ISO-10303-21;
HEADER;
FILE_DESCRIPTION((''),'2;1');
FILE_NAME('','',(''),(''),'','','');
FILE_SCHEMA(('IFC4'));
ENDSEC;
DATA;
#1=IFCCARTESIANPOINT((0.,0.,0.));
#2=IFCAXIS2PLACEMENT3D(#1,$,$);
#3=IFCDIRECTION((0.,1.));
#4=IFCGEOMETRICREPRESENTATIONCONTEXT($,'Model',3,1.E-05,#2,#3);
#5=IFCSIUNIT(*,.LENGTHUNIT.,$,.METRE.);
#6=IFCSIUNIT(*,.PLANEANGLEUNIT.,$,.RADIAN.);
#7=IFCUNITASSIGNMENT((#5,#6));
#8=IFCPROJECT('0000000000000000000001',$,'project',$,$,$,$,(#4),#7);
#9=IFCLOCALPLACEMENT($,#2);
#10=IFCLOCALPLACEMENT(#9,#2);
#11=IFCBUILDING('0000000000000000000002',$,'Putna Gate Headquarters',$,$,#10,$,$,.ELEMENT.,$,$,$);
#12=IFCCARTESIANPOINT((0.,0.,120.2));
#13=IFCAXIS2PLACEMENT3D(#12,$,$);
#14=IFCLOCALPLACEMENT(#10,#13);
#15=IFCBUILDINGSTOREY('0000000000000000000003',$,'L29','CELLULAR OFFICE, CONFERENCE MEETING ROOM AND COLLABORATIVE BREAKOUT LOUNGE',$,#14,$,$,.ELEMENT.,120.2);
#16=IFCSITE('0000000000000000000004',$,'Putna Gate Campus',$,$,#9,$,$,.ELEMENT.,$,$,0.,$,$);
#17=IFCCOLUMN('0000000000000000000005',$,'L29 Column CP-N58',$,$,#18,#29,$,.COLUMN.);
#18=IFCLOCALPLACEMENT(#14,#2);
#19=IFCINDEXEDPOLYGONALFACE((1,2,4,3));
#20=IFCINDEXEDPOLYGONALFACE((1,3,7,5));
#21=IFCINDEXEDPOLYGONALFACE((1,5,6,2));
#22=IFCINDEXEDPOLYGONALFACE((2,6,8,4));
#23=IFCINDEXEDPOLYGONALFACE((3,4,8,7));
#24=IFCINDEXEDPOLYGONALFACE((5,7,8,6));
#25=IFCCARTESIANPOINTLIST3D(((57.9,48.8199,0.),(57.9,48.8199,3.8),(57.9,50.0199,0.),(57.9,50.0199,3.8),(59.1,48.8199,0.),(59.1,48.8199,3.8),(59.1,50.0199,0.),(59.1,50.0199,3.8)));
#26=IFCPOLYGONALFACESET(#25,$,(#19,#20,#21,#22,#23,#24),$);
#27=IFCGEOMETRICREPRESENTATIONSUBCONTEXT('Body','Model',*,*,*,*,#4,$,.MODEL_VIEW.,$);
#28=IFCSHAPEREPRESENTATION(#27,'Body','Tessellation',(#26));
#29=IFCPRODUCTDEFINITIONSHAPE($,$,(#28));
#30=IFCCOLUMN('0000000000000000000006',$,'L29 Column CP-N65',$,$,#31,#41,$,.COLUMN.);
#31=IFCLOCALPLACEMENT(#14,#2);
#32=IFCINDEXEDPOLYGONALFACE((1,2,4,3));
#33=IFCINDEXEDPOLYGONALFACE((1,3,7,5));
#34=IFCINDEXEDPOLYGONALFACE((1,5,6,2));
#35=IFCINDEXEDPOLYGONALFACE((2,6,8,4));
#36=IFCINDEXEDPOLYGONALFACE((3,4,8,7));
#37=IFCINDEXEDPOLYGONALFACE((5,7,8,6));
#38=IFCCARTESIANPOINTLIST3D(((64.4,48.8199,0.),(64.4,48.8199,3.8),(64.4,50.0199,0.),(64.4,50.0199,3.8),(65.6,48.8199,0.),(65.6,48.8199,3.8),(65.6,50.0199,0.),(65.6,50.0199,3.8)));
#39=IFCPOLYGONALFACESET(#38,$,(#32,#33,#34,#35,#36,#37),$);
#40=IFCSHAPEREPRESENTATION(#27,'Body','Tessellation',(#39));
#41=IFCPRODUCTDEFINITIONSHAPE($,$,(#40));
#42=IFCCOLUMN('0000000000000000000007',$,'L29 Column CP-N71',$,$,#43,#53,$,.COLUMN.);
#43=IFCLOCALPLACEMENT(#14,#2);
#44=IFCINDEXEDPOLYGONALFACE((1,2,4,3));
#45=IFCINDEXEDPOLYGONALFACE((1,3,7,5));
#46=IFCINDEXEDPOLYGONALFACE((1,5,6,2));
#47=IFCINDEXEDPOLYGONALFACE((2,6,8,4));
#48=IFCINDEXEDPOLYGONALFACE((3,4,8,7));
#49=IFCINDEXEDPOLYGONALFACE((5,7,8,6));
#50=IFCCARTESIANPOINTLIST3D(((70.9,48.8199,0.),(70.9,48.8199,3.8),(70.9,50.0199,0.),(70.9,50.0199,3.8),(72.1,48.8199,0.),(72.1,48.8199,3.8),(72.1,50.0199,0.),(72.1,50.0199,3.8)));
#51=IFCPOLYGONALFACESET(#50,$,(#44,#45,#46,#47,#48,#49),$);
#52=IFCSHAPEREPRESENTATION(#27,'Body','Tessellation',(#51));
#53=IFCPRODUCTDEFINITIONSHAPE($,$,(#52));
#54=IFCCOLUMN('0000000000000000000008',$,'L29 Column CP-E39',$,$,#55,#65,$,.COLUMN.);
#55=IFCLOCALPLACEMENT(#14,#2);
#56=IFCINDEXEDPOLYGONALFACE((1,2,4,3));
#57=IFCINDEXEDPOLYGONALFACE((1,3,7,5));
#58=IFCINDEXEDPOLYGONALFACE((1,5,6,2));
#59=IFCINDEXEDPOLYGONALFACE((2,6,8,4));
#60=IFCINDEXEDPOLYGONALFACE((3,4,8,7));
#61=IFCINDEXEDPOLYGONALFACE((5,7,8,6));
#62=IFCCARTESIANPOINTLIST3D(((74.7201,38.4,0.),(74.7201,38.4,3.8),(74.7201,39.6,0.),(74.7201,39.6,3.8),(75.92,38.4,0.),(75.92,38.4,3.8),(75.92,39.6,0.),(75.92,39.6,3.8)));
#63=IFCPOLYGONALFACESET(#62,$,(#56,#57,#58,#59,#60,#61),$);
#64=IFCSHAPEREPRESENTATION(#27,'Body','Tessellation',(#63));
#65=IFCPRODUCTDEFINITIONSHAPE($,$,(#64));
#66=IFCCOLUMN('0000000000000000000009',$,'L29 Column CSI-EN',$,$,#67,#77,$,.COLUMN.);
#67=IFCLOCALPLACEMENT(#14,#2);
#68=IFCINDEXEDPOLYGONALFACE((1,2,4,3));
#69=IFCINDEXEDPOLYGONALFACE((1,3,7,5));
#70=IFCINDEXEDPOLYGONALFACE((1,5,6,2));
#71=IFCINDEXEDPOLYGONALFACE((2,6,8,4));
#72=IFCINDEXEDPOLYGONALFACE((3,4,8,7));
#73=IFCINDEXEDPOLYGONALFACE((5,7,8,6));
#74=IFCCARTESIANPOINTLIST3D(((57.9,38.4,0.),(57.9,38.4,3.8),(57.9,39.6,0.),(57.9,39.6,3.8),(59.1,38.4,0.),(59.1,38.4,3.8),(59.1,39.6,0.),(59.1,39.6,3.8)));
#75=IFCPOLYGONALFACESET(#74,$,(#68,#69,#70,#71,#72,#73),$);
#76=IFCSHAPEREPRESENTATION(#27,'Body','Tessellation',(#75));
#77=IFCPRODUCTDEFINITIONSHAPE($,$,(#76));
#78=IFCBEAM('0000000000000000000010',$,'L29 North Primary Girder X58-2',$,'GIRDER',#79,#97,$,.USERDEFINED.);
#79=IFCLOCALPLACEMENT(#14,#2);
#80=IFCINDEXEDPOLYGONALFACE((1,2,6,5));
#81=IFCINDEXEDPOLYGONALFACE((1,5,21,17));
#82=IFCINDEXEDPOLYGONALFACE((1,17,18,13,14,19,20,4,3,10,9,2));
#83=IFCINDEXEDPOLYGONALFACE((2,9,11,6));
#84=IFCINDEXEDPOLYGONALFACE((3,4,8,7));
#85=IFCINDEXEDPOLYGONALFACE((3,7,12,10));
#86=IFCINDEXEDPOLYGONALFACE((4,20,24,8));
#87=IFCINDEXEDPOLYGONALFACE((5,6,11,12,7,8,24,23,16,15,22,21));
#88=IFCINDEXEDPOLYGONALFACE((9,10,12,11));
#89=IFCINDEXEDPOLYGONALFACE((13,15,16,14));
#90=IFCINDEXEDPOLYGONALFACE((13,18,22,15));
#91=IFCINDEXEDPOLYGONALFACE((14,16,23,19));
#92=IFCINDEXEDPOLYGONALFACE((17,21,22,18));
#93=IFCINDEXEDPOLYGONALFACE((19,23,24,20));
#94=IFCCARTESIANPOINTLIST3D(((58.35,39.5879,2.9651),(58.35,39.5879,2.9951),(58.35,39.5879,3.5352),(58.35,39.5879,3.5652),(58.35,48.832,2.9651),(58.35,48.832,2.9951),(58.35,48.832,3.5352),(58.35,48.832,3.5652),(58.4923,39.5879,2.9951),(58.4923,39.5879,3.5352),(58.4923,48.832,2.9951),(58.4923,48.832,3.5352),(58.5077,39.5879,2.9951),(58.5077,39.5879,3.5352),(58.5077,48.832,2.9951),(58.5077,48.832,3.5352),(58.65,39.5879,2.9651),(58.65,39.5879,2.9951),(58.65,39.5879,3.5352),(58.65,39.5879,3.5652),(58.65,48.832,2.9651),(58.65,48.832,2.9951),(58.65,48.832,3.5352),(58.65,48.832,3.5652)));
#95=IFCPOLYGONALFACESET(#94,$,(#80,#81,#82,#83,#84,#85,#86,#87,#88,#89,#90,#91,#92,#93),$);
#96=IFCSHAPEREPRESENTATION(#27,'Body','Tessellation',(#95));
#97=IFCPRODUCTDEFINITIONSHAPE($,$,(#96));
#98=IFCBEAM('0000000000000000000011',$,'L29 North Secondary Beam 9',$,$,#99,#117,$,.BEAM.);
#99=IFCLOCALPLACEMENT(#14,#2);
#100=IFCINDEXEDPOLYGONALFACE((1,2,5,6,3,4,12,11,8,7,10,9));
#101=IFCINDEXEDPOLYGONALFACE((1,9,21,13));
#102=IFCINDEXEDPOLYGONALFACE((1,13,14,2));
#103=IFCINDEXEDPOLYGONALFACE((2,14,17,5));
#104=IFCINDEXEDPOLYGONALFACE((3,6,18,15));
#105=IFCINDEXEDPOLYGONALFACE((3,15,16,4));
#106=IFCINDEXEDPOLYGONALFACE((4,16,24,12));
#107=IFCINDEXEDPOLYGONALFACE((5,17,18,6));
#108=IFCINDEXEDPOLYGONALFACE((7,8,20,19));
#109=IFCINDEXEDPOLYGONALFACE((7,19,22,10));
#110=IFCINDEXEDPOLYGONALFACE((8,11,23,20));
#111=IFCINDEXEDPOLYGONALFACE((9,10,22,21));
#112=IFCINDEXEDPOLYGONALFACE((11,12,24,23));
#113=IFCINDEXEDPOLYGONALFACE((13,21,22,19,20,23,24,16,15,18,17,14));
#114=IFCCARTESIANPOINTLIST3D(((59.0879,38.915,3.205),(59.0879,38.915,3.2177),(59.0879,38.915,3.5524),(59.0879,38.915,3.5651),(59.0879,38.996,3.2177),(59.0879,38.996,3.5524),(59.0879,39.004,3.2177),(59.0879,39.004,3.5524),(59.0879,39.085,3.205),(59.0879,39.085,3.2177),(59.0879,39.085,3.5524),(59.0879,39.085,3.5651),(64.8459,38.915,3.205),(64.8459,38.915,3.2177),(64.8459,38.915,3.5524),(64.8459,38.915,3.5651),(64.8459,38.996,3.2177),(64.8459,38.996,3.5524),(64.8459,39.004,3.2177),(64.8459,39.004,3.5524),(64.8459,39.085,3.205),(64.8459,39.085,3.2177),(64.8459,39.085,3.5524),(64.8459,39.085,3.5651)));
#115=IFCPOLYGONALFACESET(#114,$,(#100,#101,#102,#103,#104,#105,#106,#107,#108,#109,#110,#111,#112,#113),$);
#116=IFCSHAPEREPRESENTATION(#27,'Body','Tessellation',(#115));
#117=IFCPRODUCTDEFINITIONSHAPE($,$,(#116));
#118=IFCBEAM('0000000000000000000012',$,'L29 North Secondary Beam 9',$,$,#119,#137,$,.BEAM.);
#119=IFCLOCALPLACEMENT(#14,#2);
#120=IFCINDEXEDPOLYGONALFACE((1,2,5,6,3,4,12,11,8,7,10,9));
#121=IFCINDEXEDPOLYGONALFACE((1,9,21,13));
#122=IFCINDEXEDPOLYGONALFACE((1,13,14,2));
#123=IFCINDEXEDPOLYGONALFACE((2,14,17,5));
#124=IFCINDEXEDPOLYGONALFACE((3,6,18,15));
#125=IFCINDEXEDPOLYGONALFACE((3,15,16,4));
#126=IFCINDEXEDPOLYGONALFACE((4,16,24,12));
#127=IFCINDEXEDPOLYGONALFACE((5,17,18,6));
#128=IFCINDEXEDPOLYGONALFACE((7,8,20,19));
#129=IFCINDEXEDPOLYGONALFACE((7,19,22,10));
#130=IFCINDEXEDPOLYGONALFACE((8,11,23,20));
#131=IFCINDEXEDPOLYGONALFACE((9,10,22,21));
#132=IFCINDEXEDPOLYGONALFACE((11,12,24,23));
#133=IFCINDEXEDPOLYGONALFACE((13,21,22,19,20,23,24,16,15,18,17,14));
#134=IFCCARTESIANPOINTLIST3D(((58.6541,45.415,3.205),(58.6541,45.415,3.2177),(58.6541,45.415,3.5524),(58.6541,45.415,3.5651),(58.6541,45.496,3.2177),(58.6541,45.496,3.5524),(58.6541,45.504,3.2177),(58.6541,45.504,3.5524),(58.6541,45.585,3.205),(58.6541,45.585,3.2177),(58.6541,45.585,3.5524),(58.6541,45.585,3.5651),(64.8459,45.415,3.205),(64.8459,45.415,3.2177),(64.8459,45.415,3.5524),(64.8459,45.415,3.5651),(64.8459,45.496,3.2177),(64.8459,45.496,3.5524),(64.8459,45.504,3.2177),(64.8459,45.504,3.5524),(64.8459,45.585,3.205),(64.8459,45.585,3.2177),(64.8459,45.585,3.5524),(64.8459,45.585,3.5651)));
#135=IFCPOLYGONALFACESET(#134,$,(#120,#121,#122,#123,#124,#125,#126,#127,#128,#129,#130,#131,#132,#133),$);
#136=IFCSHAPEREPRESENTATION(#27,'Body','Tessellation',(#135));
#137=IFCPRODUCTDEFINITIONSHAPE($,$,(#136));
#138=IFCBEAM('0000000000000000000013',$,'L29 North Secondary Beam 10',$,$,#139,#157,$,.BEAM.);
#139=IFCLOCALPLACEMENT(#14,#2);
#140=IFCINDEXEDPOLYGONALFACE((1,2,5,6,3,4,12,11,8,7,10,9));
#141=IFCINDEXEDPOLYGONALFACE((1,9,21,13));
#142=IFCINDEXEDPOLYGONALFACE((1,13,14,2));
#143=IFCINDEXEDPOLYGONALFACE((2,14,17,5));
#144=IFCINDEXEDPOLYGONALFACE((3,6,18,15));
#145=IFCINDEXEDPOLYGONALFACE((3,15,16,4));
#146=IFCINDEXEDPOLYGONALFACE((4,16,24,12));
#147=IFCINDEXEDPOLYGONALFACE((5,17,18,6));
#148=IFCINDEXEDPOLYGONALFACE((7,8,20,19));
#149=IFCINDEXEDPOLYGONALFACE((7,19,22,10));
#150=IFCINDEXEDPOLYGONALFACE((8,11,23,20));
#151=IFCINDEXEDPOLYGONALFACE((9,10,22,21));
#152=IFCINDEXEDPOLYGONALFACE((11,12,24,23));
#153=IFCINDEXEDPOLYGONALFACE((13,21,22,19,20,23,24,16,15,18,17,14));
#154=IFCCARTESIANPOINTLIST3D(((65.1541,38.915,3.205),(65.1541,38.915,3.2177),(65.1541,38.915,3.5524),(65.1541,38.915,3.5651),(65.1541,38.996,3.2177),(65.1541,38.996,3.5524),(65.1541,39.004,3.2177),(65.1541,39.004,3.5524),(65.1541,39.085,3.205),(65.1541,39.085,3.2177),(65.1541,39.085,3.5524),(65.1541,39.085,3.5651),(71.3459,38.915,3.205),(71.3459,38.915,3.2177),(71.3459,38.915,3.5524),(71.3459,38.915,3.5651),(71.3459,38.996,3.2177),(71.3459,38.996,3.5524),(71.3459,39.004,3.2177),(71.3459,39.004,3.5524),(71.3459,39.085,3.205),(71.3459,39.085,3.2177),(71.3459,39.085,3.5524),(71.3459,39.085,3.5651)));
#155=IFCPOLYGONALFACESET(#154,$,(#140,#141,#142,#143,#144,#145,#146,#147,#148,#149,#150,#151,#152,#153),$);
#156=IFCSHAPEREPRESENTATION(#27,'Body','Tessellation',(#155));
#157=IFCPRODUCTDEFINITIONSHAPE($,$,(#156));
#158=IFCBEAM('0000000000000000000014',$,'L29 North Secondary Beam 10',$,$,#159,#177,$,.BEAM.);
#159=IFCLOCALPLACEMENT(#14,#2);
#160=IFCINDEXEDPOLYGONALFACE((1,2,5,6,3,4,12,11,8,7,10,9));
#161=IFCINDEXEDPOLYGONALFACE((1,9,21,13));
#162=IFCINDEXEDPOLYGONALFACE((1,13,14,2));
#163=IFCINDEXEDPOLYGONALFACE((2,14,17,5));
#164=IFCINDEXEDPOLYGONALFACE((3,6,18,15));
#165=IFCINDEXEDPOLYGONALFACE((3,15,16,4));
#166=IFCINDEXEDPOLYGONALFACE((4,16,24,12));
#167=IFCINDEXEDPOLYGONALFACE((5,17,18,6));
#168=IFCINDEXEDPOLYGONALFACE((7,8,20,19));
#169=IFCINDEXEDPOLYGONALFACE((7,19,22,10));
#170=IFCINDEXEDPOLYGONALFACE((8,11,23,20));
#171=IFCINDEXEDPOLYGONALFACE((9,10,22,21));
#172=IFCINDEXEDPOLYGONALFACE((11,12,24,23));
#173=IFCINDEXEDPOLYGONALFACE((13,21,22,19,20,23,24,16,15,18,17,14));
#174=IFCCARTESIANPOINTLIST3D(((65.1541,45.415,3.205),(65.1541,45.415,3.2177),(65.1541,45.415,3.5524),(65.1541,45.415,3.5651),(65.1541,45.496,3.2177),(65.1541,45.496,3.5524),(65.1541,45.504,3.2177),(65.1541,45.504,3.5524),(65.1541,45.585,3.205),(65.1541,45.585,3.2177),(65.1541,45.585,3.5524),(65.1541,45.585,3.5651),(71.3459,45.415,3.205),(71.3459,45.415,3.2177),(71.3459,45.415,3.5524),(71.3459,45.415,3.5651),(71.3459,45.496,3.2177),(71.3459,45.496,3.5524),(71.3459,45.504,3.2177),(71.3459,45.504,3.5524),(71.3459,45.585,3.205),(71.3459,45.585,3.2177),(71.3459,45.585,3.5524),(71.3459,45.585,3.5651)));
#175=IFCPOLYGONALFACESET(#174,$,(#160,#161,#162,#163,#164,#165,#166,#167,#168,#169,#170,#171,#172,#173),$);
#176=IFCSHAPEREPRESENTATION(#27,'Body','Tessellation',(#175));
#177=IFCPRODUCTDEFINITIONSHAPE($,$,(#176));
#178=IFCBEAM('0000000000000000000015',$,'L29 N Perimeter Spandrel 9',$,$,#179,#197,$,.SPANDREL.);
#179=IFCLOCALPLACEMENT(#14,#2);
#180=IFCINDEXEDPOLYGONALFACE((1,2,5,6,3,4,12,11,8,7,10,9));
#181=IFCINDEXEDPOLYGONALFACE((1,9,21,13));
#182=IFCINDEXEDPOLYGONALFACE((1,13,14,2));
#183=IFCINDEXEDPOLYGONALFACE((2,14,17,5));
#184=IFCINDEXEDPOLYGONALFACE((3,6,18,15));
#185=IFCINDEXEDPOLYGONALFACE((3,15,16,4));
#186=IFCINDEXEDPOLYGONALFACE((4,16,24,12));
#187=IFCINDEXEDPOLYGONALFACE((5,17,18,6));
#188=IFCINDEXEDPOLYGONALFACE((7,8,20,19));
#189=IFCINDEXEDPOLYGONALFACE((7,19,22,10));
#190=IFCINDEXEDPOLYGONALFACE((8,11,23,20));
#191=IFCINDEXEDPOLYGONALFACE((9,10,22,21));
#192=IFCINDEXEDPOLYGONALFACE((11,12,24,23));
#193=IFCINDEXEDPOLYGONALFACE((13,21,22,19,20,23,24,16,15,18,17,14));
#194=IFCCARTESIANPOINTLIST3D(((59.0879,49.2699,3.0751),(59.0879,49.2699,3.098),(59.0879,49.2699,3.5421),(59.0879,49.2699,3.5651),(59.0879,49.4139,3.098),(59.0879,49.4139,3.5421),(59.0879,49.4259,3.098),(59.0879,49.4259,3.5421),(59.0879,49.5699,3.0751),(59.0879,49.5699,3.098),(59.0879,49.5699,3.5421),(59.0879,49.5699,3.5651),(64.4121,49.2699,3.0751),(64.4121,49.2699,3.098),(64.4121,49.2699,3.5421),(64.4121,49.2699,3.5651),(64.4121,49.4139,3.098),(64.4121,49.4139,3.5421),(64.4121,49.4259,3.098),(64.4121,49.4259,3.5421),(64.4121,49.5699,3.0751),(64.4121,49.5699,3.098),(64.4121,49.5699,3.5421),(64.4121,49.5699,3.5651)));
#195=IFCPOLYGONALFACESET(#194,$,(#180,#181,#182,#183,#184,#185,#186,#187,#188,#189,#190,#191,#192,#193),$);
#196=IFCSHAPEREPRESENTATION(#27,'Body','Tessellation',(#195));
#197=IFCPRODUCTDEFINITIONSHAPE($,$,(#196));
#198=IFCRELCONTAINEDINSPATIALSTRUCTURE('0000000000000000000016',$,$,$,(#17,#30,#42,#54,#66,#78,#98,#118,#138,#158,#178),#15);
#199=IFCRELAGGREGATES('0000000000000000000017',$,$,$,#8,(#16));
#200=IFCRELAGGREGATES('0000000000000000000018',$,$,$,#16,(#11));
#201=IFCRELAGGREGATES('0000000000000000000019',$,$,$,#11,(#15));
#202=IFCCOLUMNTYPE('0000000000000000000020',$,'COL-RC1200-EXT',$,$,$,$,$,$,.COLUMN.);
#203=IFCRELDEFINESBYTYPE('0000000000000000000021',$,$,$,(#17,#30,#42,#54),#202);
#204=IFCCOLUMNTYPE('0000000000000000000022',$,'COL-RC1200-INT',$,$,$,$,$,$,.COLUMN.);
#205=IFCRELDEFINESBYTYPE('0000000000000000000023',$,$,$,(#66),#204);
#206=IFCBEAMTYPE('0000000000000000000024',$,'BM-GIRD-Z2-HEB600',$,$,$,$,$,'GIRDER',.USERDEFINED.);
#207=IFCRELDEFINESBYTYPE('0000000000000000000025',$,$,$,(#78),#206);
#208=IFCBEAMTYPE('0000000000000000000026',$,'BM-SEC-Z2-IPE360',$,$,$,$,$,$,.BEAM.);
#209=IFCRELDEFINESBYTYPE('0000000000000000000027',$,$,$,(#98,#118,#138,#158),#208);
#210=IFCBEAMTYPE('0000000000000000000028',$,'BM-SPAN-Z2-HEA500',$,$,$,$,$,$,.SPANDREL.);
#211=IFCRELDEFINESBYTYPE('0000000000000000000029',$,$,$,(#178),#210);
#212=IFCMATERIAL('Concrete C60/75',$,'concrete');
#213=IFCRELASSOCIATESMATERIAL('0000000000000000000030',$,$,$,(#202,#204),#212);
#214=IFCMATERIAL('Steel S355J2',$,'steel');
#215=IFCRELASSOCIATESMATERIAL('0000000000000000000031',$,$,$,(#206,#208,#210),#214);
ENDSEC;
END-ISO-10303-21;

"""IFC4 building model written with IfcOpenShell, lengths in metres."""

from ifc_helpers import new_model, si_unit, direction, frame, origin, origin_2d, place, context, subcontext, project, spatial, rectangle, i_section, extrude, material, material_profile, profile_set, type_object, element, save


model = new_model("IFC4")

# Units and contexts
model_context = context("Model", 3, precision=1e-05, world=origin(), true_north=direction((0.0, 1.0)))
body_context = subcontext(model_context, "Body", "Model", "MODEL_VIEW")
ifc_project = project(units=[si_unit("LENGTHUNIT", "METRE"), si_unit("PLANEANGLEUNIT", "RADIAN")], contexts=[model_context])

# Site, building, storey
site_placement = place(None, origin())
site = spatial("IfcSite", under=ifc_project, at=site_placement, Name="Putna Gate Campus", CompositionType="ELEMENT", RefElevation=0.0)
building_placement = place(site_placement, origin())
building = spatial("IfcBuilding", under=site, at=building_placement, Name="Putna Gate Headquarters", CompositionType="ELEMENT")
storey_placement = place(building_placement, frame((0.0, 0.0, 120.2)))
storey = spatial("IfcBuildingStorey", under=building, at=storey_placement, Name="L29", Description="CELLULAR OFFICE, CONFERENCE MEETING ROOM AND COLLABORATIVE BREAKOUT LOUNGE", CompositionType="ELEMENT", Elevation=120.2)

# Columns
ifc_material_1 = material(Name="Concrete C60/75", Category="concrete")
ifc_material_profile_1 = material_profile(ifc_material_1, rectangle(XDim=1.2, YDim=1.2, at=origin_2d()), Name="Concrete C60/75")
ifc_profile_set_1 = profile_set([ifc_material_profile_1], Name="Concrete C60/75")
column_type_1 = type_object("IfcColumnType", Name="COL-RC1200-EXT", PredefinedType="COLUMN", material=ifc_profile_set_1)
for number, where, z_axis, x_axis, name in (
    (1, (58.5, 49.4199, 0.0), (0.0, 0.0, 1.0), (1.0, 0.0, 0.0), "L29 Column CP-N58"),
    (2, (65.0, 49.4199, 0.0), (0.0, 0.0, 1.0), (1.0, 0.0, 0.0), "L29 Column CP-N65"),
    (3, (71.5, 49.4199, 0.0), (0.0, 0.0, 1.0), (1.0, 0.0, 0.0), "L29 Column CP-N71"),
    (4, (75.3201, 39.0, 0.0), (0.0, 0.0, 1.0), (1.0, 0.0, 0.0), "L29 Column CP-E39"),
):
    element("IfcColumn", number, at=place(storey_placement, frame(where, z_axis=z_axis, x_axis=x_axis)), inside=storey, type_object=column_type_1, Name=name, PredefinedType="COLUMN", context=body_context, shape_type="SweptSolid", body=[
        extrude(rectangle(XDim=1.2, YDim=1.2, at=origin_2d()), origin(), (0.0, 0.0, 1.0), 3.8),
    ])
ifc_material_profile_2 = material_profile(ifc_material_1, rectangle(XDim=1.2, YDim=1.2, at=origin_2d()), Name="Concrete C60/75")
ifc_profile_set_2 = profile_set([ifc_material_profile_2], Name="Concrete C60/75")
column_type_2 = type_object("IfcColumnType", Name="COL-RC1200-INT", PredefinedType="COLUMN", material=ifc_profile_set_2)
column_placement = place(storey_placement, frame((58.5, 39.0, 0.0), z_axis=(0.0, 0.0, 1.0), x_axis=(1.0, 0.0, 0.0)))
element("IfcColumn", 5, at=column_placement, inside=storey, type_object=column_type_2, Name="L29 Column CSI-EN", PredefinedType="COLUMN", context=body_context, shape_type="SweptSolid", body=[
    extrude(rectangle(XDim=1.2, YDim=1.2, at=origin_2d()), origin(), (0.0, 0.0, 1.0), 3.8),
])

# Beams
ifc_material_2 = material(Name="Steel S355J2", Category="steel")
ifc_material_profile_3 = material_profile(ifc_material_2, i_section(OverallWidth=0.3, OverallDepth=0.6001, WebThickness=0.0154, FlangeThickness=0.03, at=origin_2d()), Name="Steel S355J2")
ifc_profile_set_3 = profile_set([ifc_material_profile_3], Name="Steel S355J2")
beam_type_1 = type_object("IfcBeamType", Name="BM-GIRD-Z2-HEB600", ElementType="GIRDER", PredefinedType="USERDEFINED", material=ifc_profile_set_3)
beam_1_placement = place(storey_placement, frame((58.5, 39.5879, 3.2651), z_axis=(0.0, 1.0, 0.0), x_axis=(-1.0, 0.0, 0.0)))
element("IfcBeam", 6, at=beam_1_placement, inside=storey, type_object=beam_type_1, Name="L29 North Primary Girder X58-2", ObjectType="GIRDER", PredefinedType="USERDEFINED", context=body_context, shape_type="SweptSolid", body=[
    extrude(i_section(OverallWidth=0.3, OverallDepth=0.6001, WebThickness=0.0154, FlangeThickness=0.03, at=origin_2d()), origin(), (0.0, 0.0, 1.0), 9.2441),
])
ifc_material_profile_4 = material_profile(ifc_material_2, i_section(OverallWidth=0.1699, OverallDepth=0.3601, WebThickness=0.0081, FlangeThickness=0.0127, at=origin_2d()), Name="Steel S355J2")
ifc_profile_set_4 = profile_set([ifc_material_profile_4], Name="Steel S355J2")
beam_type_2 = type_object("IfcBeamType", Name="BM-SEC-Z2-IPE360", PredefinedType="BEAM", material=ifc_profile_set_4)
beam_2_placement = place(storey_placement, frame((59.0879, 39.0, 3.385), z_axis=(1.0, 0.0, 0.0), x_axis=(0.0, 1.0, 0.0)))
element("IfcBeam", 7, at=beam_2_placement, inside=storey, type_object=beam_type_2, Name="L29 North Secondary Beam 9", PredefinedType="BEAM", context=body_context, shape_type="SweptSolid", body=[
    extrude(i_section(OverallWidth=0.1699, OverallDepth=0.3601, WebThickness=0.0081, FlangeThickness=0.0127, at=origin_2d()), origin(), (0.0, 0.0, 1.0), 5.7581),
])
for number, where, z_axis, x_axis, name in (
    (8, (58.6541, 45.5, 3.385), (1.0, 0.0, 0.0), (0.0, 1.0, 0.0), "L29 North Secondary Beam 9"),
    (9, (65.1541, 39.0, 3.385), (1.0, 0.0, 0.0), (0.0, 1.0, 0.0), "L29 North Secondary Beam 10"),
    (10, (65.1541, 45.5, 3.385), (1.0, 0.0, 0.0), (0.0, 1.0, 0.0), "L29 North Secondary Beam 10"),
):
    element("IfcBeam", number, at=place(storey_placement, frame(where, z_axis=z_axis, x_axis=x_axis)), inside=storey, type_object=beam_type_2, Name=name, PredefinedType="BEAM", context=body_context, shape_type="SweptSolid", body=[
        extrude(i_section(OverallWidth=0.1699, OverallDepth=0.3601, WebThickness=0.0081, FlangeThickness=0.0127, at=origin_2d()), origin(), (0.0, 0.0, 1.0), 6.1919),
    ])
ifc_material_profile_5 = material_profile(ifc_material_2, i_section(OverallWidth=0.3, OverallDepth=0.49, WebThickness=0.012, FlangeThickness=0.0229, at=origin_2d()), Name="Steel S355J2")
ifc_profile_set_5 = profile_set([ifc_material_profile_5], Name="Steel S355J2")
beam_type_3 = type_object("IfcBeamType", Name="BM-SPAN-Z2-HEA500", PredefinedType="SPANDREL", material=ifc_profile_set_5)
for number, where, z_axis, x_axis, name in (
    (11, (59.0879, 49.4199, 3.3201), (1.0, 0.0, 0.0), (0.0, 1.0, 0.0), "L29 N Perimeter Spandrel 9"),
):
    element("IfcBeam", number, at=place(storey_placement, frame(where, z_axis=z_axis, x_axis=x_axis)), inside=storey, type_object=beam_type_3, Name=name, PredefinedType="SPANDREL", context=body_context, shape_type="SweptSolid", body=[
        extrude(i_section(OverallWidth=0.3, OverallDepth=0.49, WebThickness=0.012, FlangeThickness=0.0229, at=origin_2d()), origin(), (0.0, 0.0, 1.0), 5.3242),
    ])

save(model, "model.ifc")
